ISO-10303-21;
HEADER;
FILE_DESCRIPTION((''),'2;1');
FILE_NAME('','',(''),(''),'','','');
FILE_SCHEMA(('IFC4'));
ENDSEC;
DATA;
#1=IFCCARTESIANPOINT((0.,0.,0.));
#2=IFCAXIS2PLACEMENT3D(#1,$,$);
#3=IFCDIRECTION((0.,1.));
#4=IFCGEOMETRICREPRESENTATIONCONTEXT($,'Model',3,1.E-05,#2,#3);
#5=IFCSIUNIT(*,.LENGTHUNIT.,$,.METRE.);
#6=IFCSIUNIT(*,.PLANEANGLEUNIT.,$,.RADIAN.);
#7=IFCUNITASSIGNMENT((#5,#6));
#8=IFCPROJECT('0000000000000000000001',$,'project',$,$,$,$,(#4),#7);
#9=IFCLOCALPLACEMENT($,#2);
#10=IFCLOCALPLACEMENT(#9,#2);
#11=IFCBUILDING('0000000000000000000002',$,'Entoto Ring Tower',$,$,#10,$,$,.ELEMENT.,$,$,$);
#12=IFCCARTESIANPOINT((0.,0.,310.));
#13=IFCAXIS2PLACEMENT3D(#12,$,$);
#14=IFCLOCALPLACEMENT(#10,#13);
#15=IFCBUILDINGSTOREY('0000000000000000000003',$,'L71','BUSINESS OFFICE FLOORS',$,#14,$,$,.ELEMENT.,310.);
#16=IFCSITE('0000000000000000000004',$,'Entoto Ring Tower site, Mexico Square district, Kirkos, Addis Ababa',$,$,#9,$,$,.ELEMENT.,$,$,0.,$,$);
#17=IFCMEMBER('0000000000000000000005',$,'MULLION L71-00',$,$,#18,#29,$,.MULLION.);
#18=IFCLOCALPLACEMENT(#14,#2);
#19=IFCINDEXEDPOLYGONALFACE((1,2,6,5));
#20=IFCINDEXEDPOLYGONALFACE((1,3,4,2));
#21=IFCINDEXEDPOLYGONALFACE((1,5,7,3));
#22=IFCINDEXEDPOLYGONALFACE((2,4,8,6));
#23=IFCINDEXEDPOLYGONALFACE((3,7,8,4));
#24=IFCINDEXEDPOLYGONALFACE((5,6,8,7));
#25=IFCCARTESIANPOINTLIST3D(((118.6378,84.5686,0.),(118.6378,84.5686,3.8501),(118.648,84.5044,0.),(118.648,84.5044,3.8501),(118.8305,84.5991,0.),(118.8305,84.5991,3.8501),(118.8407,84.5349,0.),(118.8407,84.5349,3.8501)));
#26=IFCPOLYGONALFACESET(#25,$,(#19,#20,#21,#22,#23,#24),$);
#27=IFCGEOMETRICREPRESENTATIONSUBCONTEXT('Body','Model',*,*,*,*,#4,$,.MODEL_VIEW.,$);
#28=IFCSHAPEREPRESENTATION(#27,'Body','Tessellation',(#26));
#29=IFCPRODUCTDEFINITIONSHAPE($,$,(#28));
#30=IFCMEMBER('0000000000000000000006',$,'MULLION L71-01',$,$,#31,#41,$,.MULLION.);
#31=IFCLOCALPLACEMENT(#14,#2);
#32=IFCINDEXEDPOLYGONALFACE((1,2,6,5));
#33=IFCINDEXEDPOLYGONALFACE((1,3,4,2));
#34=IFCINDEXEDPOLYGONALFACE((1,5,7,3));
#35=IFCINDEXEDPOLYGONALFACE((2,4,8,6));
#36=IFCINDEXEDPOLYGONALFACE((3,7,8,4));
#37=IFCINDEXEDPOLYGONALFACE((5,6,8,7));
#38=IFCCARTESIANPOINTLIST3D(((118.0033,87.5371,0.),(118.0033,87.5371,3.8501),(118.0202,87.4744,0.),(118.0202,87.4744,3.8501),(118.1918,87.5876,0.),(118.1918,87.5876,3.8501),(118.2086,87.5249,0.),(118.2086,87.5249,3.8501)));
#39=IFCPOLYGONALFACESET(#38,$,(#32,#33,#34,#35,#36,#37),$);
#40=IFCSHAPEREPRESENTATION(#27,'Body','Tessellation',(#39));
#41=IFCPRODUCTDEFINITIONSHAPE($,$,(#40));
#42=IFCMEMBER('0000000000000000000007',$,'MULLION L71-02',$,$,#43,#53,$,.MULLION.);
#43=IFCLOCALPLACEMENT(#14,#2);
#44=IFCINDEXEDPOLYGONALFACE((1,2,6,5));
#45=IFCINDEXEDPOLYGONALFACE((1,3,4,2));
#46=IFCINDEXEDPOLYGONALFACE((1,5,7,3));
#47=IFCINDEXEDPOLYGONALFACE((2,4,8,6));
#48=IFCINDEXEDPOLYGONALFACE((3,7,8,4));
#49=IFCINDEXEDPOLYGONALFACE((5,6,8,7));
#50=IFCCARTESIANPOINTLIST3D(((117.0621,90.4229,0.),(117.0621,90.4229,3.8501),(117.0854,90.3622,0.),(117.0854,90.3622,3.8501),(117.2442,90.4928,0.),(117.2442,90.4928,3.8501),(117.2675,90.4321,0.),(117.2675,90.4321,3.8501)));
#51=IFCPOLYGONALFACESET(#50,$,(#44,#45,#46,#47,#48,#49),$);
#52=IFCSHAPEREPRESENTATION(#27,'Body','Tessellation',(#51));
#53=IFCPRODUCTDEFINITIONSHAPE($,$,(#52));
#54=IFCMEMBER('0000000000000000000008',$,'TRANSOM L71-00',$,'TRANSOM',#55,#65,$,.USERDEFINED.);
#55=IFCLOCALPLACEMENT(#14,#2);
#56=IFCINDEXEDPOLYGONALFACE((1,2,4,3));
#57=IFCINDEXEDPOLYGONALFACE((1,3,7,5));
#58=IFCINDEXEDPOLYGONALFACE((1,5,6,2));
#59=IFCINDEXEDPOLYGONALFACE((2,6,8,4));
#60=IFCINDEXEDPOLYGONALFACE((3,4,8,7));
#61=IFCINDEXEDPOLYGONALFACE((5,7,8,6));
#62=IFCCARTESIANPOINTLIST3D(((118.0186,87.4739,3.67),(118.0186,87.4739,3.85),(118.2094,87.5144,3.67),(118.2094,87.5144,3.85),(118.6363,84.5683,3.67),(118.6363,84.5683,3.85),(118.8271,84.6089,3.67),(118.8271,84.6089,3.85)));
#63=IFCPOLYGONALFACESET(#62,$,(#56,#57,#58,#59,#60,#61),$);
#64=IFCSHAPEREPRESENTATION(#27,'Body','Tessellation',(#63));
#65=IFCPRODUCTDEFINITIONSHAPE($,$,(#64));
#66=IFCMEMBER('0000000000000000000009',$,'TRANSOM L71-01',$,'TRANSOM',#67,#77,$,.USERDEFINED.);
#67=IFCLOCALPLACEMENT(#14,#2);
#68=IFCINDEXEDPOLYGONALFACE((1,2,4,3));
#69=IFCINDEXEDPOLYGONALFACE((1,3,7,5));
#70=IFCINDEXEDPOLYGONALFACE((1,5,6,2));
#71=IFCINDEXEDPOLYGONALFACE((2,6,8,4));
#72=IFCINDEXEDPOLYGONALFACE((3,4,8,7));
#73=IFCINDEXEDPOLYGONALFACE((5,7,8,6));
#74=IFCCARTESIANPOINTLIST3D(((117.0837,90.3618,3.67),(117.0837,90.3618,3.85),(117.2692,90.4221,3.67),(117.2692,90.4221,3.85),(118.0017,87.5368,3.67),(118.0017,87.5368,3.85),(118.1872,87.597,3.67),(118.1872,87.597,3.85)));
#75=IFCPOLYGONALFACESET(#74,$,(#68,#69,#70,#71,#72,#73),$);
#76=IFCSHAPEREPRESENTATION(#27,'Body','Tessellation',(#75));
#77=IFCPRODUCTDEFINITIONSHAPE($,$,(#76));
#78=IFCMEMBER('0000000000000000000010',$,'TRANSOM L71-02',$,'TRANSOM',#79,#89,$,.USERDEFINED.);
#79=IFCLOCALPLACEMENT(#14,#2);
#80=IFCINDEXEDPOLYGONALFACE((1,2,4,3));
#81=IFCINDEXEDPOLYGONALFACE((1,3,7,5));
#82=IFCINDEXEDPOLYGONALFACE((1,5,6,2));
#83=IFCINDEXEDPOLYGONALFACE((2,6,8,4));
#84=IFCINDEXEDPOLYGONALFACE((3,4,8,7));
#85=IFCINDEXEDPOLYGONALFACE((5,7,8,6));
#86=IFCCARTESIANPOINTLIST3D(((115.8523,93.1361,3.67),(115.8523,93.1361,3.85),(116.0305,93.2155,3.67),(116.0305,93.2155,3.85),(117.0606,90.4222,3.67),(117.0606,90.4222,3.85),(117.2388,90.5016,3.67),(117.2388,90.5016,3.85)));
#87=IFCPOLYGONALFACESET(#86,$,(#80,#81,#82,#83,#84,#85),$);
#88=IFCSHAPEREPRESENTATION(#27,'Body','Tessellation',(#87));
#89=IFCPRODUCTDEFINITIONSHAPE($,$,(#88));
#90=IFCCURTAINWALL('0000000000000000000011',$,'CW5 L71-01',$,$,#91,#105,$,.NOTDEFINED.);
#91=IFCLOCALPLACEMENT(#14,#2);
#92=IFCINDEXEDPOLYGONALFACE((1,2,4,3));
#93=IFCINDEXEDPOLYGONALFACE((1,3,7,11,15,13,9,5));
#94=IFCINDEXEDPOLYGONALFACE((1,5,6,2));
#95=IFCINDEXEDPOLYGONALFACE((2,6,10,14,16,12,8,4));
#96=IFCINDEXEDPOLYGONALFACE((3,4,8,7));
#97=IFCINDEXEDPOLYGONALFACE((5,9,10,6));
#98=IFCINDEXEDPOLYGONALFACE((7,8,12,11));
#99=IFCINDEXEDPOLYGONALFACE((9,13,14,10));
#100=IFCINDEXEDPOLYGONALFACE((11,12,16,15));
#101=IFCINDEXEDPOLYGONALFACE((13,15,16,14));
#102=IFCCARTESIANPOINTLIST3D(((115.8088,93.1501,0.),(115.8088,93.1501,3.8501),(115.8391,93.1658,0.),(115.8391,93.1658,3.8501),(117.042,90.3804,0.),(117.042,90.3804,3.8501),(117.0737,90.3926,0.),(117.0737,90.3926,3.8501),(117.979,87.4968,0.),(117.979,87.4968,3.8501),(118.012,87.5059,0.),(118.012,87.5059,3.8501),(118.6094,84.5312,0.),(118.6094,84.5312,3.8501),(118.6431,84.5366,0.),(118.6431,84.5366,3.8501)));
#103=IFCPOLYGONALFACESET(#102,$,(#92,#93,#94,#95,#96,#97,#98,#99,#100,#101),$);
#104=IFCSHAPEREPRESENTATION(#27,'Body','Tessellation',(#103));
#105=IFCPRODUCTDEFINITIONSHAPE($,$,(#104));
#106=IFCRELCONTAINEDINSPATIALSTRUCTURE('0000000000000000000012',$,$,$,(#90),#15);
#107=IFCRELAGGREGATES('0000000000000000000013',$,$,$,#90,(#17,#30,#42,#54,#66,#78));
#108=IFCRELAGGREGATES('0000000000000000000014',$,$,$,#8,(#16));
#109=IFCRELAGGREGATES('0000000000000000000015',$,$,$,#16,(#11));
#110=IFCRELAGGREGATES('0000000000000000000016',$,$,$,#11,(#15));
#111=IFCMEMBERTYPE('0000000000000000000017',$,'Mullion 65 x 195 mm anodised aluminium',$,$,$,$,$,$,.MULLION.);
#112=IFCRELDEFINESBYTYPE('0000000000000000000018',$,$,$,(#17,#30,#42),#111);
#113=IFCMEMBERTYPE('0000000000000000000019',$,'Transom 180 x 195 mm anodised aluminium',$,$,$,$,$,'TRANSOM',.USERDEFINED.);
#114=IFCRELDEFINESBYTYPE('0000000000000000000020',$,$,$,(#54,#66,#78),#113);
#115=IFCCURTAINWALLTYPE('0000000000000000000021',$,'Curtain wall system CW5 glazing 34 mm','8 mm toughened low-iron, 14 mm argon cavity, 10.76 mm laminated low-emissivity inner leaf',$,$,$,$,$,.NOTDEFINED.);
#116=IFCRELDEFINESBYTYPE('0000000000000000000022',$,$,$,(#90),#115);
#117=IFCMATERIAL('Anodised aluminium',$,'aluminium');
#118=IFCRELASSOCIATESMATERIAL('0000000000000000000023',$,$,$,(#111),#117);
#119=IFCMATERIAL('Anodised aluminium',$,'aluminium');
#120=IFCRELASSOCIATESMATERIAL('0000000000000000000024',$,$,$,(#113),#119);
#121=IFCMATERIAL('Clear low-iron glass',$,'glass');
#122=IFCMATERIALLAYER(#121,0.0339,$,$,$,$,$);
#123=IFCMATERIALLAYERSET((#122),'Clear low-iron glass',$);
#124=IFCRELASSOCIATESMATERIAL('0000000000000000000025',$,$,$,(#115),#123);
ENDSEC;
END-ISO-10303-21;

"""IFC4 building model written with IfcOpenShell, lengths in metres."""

from ifc_helpers import new_model, si_unit, direction, frame, origin, origin_2d, place, context, subcontext, project, spatial, polyline, rectangle, outline, extrude, material, layer, layer_set, material_profile, profile_set, type_object, element, aggregate, save


model = new_model("IFC4")

# Units and contexts
model_context = context("Model", 3, precision=1e-05, world=origin(), true_north=direction((0.0, 1.0)))
body_context = subcontext(model_context, "Body", "Model", "MODEL_VIEW")
ifc_project = project(units=[si_unit("LENGTHUNIT", "METRE"), si_unit("PLANEANGLEUNIT", "RADIAN")], contexts=[model_context])

# Members
ifc_material_1 = material(Name="Anodised aluminium", Category="aluminium")
ifc_material_profile_1 = material_profile(ifc_material_1, rectangle(XDim=0.0649, YDim=0.1951, at=origin_2d()), Name="Mullion 65 x 195 mm anodised aluminium")
ifc_profile_set_1 = profile_set([ifc_material_profile_1], Name="Anodised aluminium")
member_type_1 = type_object("IfcMemberType", Name="Mullion 65 x 195 mm anodised aluminium", PredefinedType="MULLION", material=ifc_profile_set_1)
site_placement = place(None, origin())
building_placement = place(site_placement, origin())
storey_placement = place(building_placement, frame((0.0, 0.0, 310.0)))
member_1_placement = place(storey_placement, frame((118.7393, 84.5518, 0.0), z_axis=(0.0, 0.0, 1.0), x_axis=(-0.156434, 0.987688, 0.0)))
member_1 = element("IfcMember", 1, at=member_1_placement, type_object=member_type_1, Name="MULLION L71-00", PredefinedType="MULLION", context=body_context, shape_type="SweptSolid", body=[
    extrude(rectangle(XDim=0.0649, YDim=0.1951, at=origin_2d()), origin(), (0.0, 0.0, 1.0), 3.8501),
])
member_2_placement = place(storey_placement, frame((118.106, 87.531, 0.0), z_axis=(0.0, 0.0, 1.0), x_axis=(-0.258819, 0.965926, 0.0)))
member_2 = element("IfcMember", 2, at=member_2_placement, type_object=member_type_1, Name="MULLION L71-01", PredefinedType="MULLION", context=body_context, shape_type="SweptSolid", body=[
    extrude(rectangle(XDim=0.0649, YDim=0.1951, at=origin_2d()), origin(), (0.0, 0.0, 1.0), 3.8501),
])
member_3_placement = place(storey_placement, frame((117.1648, 90.4275, 0.0), z_axis=(0.0, 0.0, 1.0), x_axis=(-0.358368, 0.93358, 0.0)))
member_3 = element("IfcMember", 3, at=member_3_placement, type_object=member_type_1, Name="MULLION L71-02", PredefinedType="MULLION", context=body_context, shape_type="SweptSolid", body=[
    extrude(rectangle(XDim=0.0649, YDim=0.1951, at=origin_2d()), origin(), (0.0, 0.0, 1.0), 3.8501),
])
ifc_material_2 = material(Name="Anodised aluminium", Category="aluminium")
ifc_material_profile_2 = material_profile(ifc_material_2, rectangle(XDim=0.1951, YDim=0.1799, at=origin_2d()), Name="Transom 180 x 195 mm anodised aluminium")
ifc_profile_set_2 = profile_set([ifc_material_profile_2], Name="Anodised aluminium")
member_type_2 = type_object("IfcMemberType", Name="Transom 180 x 195 mm anodised aluminium", ElementType="TRANSOM", PredefinedType="USERDEFINED", material=ifc_profile_set_2)
member_4_placement = place(storey_placement, frame((118.7317, 84.5886, 3.76), z_axis=(-0.20794, 0.978142, 0.0), x_axis=(-0.978142, -0.20794, 0.0)))
member_4 = element("IfcMember", 4, at=member_4_placement, type_object=member_type_2, Name="TRANSOM L71-00", ObjectType="TRANSOM", PredefinedType="USERDEFINED", context=body_context, shape_type="SweptSolid", body=[
    extrude(rectangle(XDim=0.1951, YDim=0.1799, at=origin_2d()), origin(), (0.0, 0.0, 1.0), 2.9705),
])
member_5_placement = place(storey_placement, frame((118.0945, 87.5669, 3.76), z_axis=(-0.309043, 0.951048, 0.0), x_axis=(-0.951048, -0.309043, 0.0)))
member_5 = element("IfcMember", 5, at=member_5_placement, type_object=member_type_2, Name="TRANSOM L71-01", ObjectType="TRANSOM", PredefinedType="USERDEFINED", context=body_context, shape_type="SweptSolid", body=[
    extrude(rectangle(XDim=0.1951, YDim=0.1799, at=origin_2d()), origin(), (0.0, 0.0, 1.0), 2.9705),
])
member_6_placement = place(storey_placement, frame((117.1497, 90.4619, 3.76), z_axis=(-0.406726, 0.91355, 0.0), x_axis=(-0.91355, -0.406726, 0.0)))
member_6 = element("IfcMember", 6, at=member_6_placement, type_object=member_type_2, Name="TRANSOM L71-02", ObjectType="TRANSOM", PredefinedType="USERDEFINED", context=body_context, shape_type="SweptSolid", body=[
    extrude(rectangle(XDim=0.1951, YDim=0.1799, at=origin_2d()), origin(), (0.0, 0.0, 1.0), 2.9707),
])

# Site, building, storey
site = spatial("IfcSite", under=ifc_project, at=site_placement, Name="Entoto Ring Tower site, Mexico Square district, Kirkos, Addis Ababa", CompositionType="ELEMENT", RefElevation=0.0)
building = spatial("IfcBuilding", under=site, at=building_placement, Name="Entoto Ring Tower", CompositionType="ELEMENT")
storey = spatial("IfcBuildingStorey", under=building, at=storey_placement, Name="L71", Description="BUSINESS OFFICE FLOORS", CompositionType="ELEMENT", Elevation=310.0)

# Curtain wall
ifc_material_3 = material(Name="Clear low-iron glass", Category="glass")
ifc_layer_1 = layer(ifc_material_3, 0.0339)
ifc_layer_set_1 = layer_set([ifc_layer_1], Name="Clear low-iron glass")
curtain_wall_type = type_object("IfcCurtainWallType", Name="Curtain wall system CW5 glazing 34 mm", Description="8 mm toughened low-iron, 14 mm argon cavity, 10.76 mm laminated low-emissivity inner leaf", PredefinedType="NOTDEFINED", material=ifc_layer_set_1)
curtain_wall_1_placement = place(storey_placement, origin())
curtain_wall_1 = element("IfcCurtainWall", 7, at=curtain_wall_1_placement, inside=storey, type_object=curtain_wall_type, Name="CW5 L71-01", PredefinedType="NOTDEFINED", context=body_context, shape_type="SweptSolid", body=[
    extrude(outline(polyline([(118.6431, 84.5366), (118.012, 87.5059), (117.0737, 90.3926), (115.8391, 93.1658), (115.8088, 93.1501), (117.042, 90.3804), (117.979, 87.4968), (118.6094, 84.5312), (118.6431, 84.5366)])), origin(), (0.0, 0.0, 1.0), 3.8501),
])
aggregate(curtain_wall_1, [member_1, member_2, member_3, member_4, member_5, member_6])

save(model, "model.ifc")
